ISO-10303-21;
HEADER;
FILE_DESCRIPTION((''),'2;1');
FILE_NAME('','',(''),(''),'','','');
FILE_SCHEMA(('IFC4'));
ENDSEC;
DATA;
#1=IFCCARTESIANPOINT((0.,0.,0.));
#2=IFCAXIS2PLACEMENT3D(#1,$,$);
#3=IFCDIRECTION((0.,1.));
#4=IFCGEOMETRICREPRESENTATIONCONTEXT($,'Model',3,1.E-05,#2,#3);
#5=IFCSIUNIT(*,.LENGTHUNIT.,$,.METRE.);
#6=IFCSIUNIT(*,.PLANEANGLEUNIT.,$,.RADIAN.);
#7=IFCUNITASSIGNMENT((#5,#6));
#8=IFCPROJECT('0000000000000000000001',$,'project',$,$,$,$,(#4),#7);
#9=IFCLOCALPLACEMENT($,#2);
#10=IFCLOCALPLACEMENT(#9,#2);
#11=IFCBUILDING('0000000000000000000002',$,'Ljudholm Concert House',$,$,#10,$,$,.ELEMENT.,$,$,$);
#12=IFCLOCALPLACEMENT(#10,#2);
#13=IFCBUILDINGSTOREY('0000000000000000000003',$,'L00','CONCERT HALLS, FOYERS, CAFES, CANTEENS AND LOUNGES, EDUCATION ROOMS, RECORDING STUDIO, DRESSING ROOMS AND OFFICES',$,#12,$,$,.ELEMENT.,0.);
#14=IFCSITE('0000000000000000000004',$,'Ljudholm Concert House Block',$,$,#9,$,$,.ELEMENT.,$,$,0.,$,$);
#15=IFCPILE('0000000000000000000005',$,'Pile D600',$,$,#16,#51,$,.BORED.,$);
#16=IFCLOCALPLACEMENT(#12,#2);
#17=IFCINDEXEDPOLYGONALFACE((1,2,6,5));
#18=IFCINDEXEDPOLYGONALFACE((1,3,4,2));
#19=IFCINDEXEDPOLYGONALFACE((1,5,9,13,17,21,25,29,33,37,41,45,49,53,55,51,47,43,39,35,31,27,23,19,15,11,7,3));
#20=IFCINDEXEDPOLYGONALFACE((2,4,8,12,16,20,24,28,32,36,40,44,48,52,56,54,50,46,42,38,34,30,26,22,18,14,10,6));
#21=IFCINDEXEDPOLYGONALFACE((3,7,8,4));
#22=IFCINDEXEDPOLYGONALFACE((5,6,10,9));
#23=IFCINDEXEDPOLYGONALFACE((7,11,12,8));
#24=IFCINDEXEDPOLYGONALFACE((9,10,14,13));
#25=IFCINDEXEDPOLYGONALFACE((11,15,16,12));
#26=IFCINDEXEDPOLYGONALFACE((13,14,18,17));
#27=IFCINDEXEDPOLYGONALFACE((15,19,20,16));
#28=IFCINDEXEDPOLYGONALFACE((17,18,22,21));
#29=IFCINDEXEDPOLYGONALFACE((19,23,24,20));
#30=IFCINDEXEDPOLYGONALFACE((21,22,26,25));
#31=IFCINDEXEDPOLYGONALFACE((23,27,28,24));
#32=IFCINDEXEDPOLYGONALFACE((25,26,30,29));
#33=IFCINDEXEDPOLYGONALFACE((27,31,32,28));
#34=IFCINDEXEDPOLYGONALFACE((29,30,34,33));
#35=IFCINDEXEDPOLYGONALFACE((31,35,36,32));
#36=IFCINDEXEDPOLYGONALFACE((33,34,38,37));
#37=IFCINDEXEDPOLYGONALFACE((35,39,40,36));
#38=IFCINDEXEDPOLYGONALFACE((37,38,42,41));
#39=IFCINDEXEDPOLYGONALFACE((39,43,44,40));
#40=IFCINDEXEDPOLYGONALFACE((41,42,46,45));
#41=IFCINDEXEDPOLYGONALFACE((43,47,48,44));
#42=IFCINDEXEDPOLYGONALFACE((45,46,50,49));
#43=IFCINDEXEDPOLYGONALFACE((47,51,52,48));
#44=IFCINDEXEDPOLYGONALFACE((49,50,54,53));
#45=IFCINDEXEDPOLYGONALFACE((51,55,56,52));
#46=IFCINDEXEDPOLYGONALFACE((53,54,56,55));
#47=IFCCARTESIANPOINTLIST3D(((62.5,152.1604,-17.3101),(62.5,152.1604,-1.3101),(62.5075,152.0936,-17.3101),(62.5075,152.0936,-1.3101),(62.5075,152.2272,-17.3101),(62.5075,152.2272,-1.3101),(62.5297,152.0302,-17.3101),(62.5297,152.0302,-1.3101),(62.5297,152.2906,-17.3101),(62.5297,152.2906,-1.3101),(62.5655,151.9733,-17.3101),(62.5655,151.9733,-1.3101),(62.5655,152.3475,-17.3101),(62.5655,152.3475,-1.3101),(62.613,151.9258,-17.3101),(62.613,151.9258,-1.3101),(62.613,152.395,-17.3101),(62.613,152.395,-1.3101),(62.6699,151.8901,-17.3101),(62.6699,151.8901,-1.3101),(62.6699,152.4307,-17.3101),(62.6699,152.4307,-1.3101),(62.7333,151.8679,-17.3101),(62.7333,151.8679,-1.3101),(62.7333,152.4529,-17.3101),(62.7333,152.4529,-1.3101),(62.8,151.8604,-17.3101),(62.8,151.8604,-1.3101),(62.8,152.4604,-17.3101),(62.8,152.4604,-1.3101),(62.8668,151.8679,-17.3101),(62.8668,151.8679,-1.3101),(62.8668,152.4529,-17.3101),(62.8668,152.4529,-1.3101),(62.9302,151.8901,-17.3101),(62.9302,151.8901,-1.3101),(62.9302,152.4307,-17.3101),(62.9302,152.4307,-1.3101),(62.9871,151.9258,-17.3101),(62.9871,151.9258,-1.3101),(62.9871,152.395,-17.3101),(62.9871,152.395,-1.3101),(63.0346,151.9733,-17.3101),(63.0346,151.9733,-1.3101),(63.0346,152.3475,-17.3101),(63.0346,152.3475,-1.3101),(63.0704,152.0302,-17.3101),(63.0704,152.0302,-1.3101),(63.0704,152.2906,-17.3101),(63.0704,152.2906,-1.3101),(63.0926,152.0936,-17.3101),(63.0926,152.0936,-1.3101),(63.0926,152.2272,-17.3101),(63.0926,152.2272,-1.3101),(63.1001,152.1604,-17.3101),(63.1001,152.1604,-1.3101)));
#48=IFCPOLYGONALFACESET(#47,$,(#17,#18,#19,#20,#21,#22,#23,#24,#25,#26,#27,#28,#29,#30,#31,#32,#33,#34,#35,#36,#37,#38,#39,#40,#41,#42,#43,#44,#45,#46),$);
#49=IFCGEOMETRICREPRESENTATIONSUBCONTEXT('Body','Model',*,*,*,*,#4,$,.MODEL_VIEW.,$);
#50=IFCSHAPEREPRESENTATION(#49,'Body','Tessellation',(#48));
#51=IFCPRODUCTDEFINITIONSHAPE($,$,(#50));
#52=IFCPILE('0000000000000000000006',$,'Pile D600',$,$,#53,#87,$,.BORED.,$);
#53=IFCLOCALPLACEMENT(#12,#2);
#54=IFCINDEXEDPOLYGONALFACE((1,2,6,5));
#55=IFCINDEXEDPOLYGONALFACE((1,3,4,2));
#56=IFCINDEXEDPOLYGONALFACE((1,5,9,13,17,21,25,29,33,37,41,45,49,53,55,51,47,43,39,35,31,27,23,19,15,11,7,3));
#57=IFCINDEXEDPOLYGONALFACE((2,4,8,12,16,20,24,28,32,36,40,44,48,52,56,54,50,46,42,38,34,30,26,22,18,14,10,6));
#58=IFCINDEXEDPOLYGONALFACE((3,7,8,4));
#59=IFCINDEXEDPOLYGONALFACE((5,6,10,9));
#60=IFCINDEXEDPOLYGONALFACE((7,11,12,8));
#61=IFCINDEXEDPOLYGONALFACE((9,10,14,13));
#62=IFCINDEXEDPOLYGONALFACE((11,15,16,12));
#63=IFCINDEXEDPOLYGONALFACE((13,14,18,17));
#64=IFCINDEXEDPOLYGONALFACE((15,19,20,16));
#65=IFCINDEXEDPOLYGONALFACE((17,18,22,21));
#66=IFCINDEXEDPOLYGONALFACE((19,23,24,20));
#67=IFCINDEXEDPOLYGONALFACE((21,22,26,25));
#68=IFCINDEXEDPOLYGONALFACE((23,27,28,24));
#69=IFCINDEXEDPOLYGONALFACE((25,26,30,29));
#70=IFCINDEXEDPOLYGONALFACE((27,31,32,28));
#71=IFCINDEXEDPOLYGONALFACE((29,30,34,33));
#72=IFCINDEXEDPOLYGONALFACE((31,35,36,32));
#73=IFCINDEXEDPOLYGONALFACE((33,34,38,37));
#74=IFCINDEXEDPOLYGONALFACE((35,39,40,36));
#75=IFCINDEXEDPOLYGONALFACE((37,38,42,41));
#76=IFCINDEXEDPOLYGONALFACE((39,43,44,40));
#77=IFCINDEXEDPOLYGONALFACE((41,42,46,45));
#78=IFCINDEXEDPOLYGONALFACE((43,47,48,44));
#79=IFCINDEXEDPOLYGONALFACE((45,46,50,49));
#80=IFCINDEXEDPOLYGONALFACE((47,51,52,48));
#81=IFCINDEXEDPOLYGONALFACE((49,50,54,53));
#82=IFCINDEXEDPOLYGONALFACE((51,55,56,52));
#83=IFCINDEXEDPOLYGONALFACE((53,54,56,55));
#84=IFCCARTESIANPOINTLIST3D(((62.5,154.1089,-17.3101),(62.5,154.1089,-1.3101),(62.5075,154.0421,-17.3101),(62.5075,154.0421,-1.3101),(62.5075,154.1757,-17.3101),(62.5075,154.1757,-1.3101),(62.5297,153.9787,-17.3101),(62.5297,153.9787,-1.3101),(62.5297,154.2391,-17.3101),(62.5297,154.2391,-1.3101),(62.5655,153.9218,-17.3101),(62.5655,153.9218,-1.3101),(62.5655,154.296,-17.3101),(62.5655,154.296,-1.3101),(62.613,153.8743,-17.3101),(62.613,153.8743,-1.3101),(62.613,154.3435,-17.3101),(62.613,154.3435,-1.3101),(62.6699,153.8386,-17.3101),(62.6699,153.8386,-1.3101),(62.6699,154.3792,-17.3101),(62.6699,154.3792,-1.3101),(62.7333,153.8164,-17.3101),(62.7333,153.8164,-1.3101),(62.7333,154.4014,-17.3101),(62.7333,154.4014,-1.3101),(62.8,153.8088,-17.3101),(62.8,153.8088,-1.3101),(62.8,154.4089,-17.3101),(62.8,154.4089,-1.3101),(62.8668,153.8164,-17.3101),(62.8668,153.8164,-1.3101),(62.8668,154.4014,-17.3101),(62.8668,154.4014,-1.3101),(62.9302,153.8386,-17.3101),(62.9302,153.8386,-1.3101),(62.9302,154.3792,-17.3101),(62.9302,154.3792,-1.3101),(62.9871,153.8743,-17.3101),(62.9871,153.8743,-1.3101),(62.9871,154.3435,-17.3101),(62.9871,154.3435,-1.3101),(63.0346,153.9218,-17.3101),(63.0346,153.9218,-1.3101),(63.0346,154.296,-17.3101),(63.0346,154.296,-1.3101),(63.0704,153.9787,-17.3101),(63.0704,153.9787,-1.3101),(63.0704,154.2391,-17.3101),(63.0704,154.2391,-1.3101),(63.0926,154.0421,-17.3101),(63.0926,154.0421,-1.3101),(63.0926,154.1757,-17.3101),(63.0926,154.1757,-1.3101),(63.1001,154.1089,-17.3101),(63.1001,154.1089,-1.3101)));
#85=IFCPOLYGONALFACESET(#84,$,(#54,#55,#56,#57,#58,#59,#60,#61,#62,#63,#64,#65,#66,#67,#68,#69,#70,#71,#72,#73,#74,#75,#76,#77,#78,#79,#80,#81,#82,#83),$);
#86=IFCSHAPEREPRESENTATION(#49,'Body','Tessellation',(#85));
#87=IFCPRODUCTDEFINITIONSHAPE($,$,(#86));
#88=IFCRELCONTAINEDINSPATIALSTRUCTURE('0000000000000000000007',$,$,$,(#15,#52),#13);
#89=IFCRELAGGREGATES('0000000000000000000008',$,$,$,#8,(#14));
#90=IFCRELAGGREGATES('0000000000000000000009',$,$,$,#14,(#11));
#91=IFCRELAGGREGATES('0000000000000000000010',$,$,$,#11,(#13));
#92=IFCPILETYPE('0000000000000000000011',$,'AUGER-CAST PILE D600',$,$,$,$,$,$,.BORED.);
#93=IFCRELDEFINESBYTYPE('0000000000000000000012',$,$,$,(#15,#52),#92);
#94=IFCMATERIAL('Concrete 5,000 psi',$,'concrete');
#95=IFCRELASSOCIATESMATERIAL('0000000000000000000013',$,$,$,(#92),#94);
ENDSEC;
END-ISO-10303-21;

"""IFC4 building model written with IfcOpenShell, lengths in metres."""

from ifc_helpers import new_model, si_unit, direction, frame, origin, origin_2d, place, context, subcontext, project, spatial, circle, extrude, material, material_profile, profile_set, type_object, element, save


model = new_model("IFC4")

# Units and contexts
model_context = context("Model", 3, precision=1e-05, world=origin(), true_north=direction((0.0, 1.0)))
body_context = subcontext(model_context, "Body", "Model", "MODEL_VIEW")
ifc_project = project(units=[si_unit("LENGTHUNIT", "METRE"), si_unit("PLANEANGLEUNIT", "RADIAN")], contexts=[model_context])

# Site, building, storey
site_placement = place(None, origin())
site = spatial("IfcSite", under=ifc_project, at=site_placement, Name="Ljudholm Concert House Block", CompositionType="ELEMENT", RefElevation=0.0)
building_placement = place(site_placement, origin())
building = spatial("IfcBuilding", under=site, at=building_placement, Name="Ljudholm Concert House", CompositionType="ELEMENT")
storey_placement = place(building_placement, origin())
storey = spatial("IfcBuildingStorey", under=building, at=storey_placement, Name="L00", Description="CONCERT HALLS, FOYERS, CAFES, CANTEENS AND LOUNGES, EDUCATION ROOMS, RECORDING STUDIO, DRESSING ROOMS AND OFFICES", CompositionType="ELEMENT", Elevation=0.0)

# Piles
ifc_material_1 = material(Name="Concrete 5,000 psi", Category="concrete")
ifc_material_profile = material_profile(ifc_material_1, circle(Radius=0.3, at=origin_2d()), Name="AUGER-CAST PILE D600")
ifc_profile_set = profile_set([ifc_material_profile], Name="Concrete 5,000 psi")
pile_type = type_object("IfcPileType", Name="AUGER-CAST PILE D600", PredefinedType="BORED", material=ifc_profile_set)
for number, where, z_axis, x_axis, name in (
    (1, (62.8, 152.1604, -1.3101), (0.0, 0.0, -1.0), (1.0, 0.0, 0.0), "Pile D600"),
    (2, (62.8, 154.1089, -1.3101), (0.0, 0.0, -1.0), (1.0, 0.0, 0.0), "Pile D600"),
):
    element("IfcPile", number, at=place(storey_placement, frame(where, z_axis=z_axis, x_axis=x_axis)), inside=storey, type_object=pile_type, Name=name, PredefinedType="BORED", context=body_context, shape_type="SweptSolid", body=[
        extrude(circle(Radius=0.3, at=origin_2d()), origin(), (0.0, 0.0, 1.0), 16.0),
    ])

save(model, "model.ifc")
